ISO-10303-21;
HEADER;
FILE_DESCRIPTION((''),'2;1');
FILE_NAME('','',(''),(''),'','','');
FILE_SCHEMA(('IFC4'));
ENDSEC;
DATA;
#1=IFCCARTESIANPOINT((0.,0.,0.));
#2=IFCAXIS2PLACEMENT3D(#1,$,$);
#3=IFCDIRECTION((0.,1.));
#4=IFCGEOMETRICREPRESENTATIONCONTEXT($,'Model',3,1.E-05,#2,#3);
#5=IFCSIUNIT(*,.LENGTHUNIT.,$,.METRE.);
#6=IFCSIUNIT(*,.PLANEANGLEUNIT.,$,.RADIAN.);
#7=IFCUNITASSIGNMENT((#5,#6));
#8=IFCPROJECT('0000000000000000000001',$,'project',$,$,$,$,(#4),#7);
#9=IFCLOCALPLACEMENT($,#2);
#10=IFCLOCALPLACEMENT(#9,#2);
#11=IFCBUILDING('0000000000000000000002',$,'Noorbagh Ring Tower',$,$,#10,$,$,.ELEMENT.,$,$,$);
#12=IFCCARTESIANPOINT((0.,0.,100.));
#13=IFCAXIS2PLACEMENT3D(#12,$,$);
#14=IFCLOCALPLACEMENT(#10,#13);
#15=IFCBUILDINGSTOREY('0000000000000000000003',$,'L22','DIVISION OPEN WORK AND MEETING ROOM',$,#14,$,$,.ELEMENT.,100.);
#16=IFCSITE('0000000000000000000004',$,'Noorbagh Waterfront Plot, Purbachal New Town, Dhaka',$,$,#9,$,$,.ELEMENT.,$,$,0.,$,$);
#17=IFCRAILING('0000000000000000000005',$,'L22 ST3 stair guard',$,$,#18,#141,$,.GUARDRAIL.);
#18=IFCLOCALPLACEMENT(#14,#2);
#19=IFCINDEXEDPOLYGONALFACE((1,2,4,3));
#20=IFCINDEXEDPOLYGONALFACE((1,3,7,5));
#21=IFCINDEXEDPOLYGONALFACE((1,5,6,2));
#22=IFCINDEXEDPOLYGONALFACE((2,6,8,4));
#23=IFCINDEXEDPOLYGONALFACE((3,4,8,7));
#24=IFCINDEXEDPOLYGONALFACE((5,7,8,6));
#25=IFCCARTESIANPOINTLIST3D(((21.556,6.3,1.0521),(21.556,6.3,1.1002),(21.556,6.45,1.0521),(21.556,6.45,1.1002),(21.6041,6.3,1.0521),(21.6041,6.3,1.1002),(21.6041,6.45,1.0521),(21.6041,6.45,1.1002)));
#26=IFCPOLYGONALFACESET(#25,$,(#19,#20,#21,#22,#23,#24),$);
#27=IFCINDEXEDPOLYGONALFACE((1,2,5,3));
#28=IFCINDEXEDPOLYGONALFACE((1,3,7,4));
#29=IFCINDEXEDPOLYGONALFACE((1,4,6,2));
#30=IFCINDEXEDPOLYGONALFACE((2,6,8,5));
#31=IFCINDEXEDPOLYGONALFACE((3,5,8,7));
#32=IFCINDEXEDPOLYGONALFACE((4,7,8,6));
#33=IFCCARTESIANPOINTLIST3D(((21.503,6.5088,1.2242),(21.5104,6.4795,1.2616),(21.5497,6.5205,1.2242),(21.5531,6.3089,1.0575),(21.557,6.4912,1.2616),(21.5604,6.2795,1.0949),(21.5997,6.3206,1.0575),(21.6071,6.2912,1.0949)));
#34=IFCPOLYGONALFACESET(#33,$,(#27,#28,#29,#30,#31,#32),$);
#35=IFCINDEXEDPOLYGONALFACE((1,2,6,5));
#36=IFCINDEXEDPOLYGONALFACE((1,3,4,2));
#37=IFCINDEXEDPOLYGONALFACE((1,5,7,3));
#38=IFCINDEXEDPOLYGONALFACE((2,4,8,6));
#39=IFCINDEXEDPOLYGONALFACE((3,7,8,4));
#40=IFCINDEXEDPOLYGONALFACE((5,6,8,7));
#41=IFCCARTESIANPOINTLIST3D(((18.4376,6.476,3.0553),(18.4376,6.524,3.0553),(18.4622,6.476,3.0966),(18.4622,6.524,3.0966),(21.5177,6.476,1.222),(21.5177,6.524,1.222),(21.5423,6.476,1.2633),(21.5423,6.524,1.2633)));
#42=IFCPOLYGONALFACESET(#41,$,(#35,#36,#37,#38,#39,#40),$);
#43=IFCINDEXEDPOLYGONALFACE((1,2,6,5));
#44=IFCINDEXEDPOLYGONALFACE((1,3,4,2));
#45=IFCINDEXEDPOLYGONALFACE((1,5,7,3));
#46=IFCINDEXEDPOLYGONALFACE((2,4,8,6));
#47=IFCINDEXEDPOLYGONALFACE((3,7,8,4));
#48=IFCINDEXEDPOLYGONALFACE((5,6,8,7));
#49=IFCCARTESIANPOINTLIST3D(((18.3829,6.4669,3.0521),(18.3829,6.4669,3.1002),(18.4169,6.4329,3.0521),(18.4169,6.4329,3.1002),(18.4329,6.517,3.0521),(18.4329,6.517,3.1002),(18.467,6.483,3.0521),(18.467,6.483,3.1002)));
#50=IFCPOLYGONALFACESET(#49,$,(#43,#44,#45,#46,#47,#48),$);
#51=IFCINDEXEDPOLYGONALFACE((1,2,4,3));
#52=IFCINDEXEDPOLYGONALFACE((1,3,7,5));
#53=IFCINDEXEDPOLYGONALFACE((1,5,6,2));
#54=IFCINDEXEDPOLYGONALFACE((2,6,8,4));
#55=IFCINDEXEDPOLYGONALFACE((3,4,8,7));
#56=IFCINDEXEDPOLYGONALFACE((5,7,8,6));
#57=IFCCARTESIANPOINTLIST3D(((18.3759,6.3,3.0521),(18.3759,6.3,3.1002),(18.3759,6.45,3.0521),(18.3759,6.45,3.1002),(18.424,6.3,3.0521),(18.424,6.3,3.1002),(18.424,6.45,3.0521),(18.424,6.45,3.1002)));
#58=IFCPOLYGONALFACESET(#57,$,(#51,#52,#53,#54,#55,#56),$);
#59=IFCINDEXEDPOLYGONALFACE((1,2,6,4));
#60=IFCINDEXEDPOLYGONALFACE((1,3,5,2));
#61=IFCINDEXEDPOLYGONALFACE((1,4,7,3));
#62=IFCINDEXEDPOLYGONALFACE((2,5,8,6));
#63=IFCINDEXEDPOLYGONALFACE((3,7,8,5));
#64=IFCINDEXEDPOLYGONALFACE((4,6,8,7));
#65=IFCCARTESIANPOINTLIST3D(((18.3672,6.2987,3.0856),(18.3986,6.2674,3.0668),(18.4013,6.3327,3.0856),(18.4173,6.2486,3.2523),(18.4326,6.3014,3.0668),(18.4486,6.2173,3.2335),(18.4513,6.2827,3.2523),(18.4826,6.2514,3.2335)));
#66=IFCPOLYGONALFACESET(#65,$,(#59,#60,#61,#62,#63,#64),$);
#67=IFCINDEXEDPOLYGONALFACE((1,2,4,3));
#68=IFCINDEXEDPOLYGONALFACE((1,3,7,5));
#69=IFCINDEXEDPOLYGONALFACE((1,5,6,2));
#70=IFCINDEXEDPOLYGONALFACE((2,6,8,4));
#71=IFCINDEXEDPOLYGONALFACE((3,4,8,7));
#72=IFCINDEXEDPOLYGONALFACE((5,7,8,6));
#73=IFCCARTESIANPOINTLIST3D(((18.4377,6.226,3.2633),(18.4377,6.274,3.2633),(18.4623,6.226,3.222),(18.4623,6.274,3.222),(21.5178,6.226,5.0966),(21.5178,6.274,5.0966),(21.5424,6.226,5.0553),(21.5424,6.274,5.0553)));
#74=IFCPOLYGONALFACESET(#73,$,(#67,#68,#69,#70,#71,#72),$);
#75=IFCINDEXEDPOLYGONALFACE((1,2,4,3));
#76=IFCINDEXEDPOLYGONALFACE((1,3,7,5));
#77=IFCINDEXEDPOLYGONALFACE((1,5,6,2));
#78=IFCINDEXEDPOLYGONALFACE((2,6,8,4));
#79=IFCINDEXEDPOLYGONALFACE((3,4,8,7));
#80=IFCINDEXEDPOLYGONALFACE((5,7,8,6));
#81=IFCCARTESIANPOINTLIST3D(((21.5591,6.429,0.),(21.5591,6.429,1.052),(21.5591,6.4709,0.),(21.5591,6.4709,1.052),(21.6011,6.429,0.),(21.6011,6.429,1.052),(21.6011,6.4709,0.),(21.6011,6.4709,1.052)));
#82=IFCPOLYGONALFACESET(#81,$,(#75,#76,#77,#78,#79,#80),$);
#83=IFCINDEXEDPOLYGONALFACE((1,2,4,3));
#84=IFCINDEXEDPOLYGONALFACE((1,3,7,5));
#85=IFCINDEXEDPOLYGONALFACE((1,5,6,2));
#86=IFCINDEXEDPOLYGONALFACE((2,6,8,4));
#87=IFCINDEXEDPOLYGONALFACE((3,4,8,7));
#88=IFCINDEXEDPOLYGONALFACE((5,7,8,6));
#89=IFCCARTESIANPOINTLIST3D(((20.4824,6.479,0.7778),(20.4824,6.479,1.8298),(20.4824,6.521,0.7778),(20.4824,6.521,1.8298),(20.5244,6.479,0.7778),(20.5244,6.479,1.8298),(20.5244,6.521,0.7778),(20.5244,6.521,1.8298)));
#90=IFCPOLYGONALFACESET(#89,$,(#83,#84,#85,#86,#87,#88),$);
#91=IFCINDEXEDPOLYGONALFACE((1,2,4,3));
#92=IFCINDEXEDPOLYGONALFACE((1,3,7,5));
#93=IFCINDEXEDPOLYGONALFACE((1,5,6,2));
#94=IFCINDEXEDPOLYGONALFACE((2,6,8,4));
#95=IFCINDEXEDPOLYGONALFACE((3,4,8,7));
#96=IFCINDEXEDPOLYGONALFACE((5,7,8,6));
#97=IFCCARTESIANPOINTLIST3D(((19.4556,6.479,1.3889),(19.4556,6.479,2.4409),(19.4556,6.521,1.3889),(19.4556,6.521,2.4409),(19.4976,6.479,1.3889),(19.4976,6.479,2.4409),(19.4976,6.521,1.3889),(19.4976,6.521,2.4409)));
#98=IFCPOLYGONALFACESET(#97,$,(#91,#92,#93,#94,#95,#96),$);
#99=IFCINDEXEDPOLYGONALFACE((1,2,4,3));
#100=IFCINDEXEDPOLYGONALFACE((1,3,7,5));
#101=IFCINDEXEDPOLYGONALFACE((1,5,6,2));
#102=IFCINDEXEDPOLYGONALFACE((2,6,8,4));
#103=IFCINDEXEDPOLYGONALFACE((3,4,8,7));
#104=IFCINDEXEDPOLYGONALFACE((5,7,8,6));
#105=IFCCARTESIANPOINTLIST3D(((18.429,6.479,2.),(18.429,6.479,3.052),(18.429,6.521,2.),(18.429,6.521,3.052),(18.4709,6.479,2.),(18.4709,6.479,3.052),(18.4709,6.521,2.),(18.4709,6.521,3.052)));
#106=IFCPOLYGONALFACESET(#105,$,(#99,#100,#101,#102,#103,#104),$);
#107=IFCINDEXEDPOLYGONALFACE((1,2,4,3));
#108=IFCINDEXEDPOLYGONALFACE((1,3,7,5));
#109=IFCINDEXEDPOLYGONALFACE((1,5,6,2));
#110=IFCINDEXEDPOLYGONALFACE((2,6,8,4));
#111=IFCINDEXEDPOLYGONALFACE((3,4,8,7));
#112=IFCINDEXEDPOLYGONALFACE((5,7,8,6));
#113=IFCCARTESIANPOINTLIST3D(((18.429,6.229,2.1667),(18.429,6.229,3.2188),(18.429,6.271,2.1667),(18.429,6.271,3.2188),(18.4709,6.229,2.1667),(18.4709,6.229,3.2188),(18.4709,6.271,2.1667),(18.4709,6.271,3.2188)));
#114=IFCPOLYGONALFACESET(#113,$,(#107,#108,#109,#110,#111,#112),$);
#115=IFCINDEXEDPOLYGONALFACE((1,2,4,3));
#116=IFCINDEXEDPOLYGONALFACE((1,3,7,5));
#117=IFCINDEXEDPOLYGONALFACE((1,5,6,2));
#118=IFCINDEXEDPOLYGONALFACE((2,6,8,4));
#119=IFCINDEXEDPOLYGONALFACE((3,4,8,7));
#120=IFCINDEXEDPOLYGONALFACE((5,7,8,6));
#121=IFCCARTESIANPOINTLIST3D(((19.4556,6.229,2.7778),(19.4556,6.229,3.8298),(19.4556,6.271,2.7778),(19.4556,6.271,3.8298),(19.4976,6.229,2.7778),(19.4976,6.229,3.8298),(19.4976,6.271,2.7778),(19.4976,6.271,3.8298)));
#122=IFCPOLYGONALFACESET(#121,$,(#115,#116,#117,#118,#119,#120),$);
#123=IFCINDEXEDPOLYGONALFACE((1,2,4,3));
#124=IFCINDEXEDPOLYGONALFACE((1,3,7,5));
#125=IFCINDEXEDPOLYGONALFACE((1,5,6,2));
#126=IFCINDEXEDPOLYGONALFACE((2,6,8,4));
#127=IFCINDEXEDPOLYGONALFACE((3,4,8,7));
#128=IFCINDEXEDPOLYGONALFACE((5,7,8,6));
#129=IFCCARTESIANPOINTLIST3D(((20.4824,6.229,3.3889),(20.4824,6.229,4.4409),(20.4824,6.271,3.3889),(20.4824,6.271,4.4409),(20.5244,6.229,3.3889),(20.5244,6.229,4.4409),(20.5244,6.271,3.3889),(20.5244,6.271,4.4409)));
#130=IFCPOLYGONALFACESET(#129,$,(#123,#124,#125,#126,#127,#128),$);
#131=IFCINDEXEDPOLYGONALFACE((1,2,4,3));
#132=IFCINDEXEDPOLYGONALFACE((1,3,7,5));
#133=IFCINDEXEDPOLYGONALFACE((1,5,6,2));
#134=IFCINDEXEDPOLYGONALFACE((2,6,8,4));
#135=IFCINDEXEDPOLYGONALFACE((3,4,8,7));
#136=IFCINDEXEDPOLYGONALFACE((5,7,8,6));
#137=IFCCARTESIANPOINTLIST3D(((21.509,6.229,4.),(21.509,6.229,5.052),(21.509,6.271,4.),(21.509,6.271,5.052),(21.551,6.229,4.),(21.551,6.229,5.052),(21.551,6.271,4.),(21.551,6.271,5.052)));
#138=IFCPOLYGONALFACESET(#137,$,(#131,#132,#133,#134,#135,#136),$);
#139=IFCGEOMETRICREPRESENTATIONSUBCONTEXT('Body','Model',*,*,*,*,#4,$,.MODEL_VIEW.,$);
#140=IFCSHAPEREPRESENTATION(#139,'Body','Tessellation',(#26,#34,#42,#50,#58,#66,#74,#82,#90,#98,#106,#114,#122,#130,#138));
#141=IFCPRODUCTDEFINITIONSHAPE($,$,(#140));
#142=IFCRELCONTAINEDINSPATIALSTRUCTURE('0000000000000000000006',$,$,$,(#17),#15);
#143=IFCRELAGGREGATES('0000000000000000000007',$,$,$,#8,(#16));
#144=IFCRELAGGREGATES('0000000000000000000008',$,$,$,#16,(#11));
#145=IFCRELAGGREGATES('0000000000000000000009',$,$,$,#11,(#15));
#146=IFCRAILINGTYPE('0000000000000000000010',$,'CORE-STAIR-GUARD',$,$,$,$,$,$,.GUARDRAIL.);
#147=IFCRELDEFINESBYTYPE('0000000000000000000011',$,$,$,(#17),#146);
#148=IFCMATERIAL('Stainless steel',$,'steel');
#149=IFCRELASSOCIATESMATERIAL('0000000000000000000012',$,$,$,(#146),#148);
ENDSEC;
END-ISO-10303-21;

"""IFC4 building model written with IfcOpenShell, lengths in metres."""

from ifc_helpers import new_model, si_unit, direction, frame, origin, origin_2d, place, context, subcontext, project, spatial, rectangle, extrude, material, type_object, element, save


model = new_model("IFC4")

# Units and contexts
model_context = context("Model", 3, precision=1e-05, world=origin(), true_north=direction((0.0, 1.0)))
body_context = subcontext(model_context, "Body", "Model", "MODEL_VIEW")
ifc_project = project(units=[si_unit("LENGTHUNIT", "METRE"), si_unit("PLANEANGLEUNIT", "RADIAN")], contexts=[model_context])

# Site, building, storey
site_placement = place(None, origin())
site = spatial("IfcSite", under=ifc_project, at=site_placement, Name="Noorbagh Waterfront Plot, Purbachal New Town, Dhaka", CompositionType="ELEMENT", RefElevation=0.0)
building_placement = place(site_placement, origin())
building = spatial("IfcBuilding", under=site, at=building_placement, Name="Noorbagh Ring Tower", CompositionType="ELEMENT")
storey_placement = place(building_placement, frame((0.0, 0.0, 100.0)))
storey = spatial("IfcBuildingStorey", under=building, at=storey_placement, Name="L22", Description="DIVISION OPEN WORK AND MEETING ROOM", CompositionType="ELEMENT", Elevation=100.0)

# Railing
ifc_material_1 = material(Name="Stainless steel", Category="steel")
railing_type = type_object("IfcRailingType", Name="CORE-STAIR-GUARD", PredefinedType="GUARDRAIL", material=ifc_material_1)
railing_placement = place(storey_placement, frame((21.5801, 6.45, 0.0)))
element("IfcRailing", 1, at=railing_placement, inside=storey, type_object=railing_type, Name="L22 ST3 stair guard", PredefinedType="GUARDRAIL", context=body_context, shape_type="SweptSolid", body=[
    extrude(rectangle(XDim=0.0481, YDim=0.0481, at=origin_2d()), frame((0.0, 0.0, 1.0762), z_axis=(0.0, -1.0, 0.0), x_axis=(1.0, 0.0, 0.0)), (0.0, 0.0, 1.0), 0.1499),
    extrude(rectangle(XDim=0.0481, YDim=0.0481, at=origin_2d()), frame((0.0, -0.1499, 1.0762), z_axis=(-0.188776, 0.754182, 0.628946), x_axis=(-0.970073, -0.242814, 0.0)), (0.0, 0.0, 1.0), 0.2651),
    extrude(rectangle(XDim=0.0481, YDim=0.0481, at=origin_2d()), frame((-0.05, 0.05, 1.2427), z_axis=(-0.859309, 0.0, 0.511458), x_axis=(0.0, -1.0, 0.0)), (0.0, 0.0, 1.0), 3.5845),
    extrude(rectangle(XDim=0.0481, YDim=0.0481, at=origin_2d()), frame((-3.1301, 0.05, 3.0762), z_axis=(-0.707107, -0.707107, 0.0), x_axis=(0.707107, -0.707107, 0.0)), (0.0, 0.0, 1.0), 0.0708),
    extrude(rectangle(XDim=0.0481, YDim=0.0481, at=origin_2d()), frame((-3.1802, 0.0, 3.0762), z_axis=(0.0, -1.0, 0.0), x_axis=(1.0, 0.0, 0.0)), (0.0, 0.0, 1.0), 0.1499),
    extrude(rectangle(XDim=0.0481, YDim=0.0481, at=origin_2d()), frame((-3.1802, -0.1499, 3.0762), z_axis=(0.276287, -0.276287, 0.920506), x_axis=(0.707107, 0.707107, 0.0)), (0.0, 0.0, 1.0), 0.1812),
    extrude(rectangle(XDim=0.0481, YDim=0.0481, at=origin_2d()), frame((-3.1301, -0.2, 3.2427), z_axis=(0.859309, 0.0, 0.511458), x_axis=(0.0, 1.0, 0.0)), (0.0, 0.0, 1.0), 3.5845),
    extrude(rectangle(XDim=0.042, YDim=0.042, at=origin_2d()), origin(), (0.0, 0.0, 1.0), 1.052),
    extrude(rectangle(XDim=0.042, YDim=0.042, at=origin_2d()), frame((-1.0767, 0.05, 0.7778)), (0.0, 0.0, 1.0), 1.052),
    extrude(rectangle(XDim=0.042, YDim=0.042, at=origin_2d()), frame((-2.1035, 0.05, 1.3889)), (0.0, 0.0, 1.0), 1.052),
    extrude(rectangle(XDim=0.042, YDim=0.042, at=origin_2d()), frame((-3.1301, 0.05, 2.0)), (0.0, 0.0, 1.0), 1.052),
    extrude(rectangle(XDim=0.042, YDim=0.042, at=origin_2d()), frame((-3.1301, -0.2, 2.1667)), (0.0, 0.0, 1.0), 1.052),
    extrude(rectangle(XDim=0.042, YDim=0.042, at=origin_2d()), frame((-2.1035, -0.2, 2.7778)), (0.0, 0.0, 1.0), 1.052),
    extrude(rectangle(XDim=0.042, YDim=0.042, at=origin_2d()), frame((-1.0767, -0.2, 3.3889)), (0.0, 0.0, 1.0), 1.052),
    extrude(rectangle(XDim=0.042, YDim=0.042, at=origin_2d()), frame((-0.05, -0.2, 4.0)), (0.0, 0.0, 1.0), 1.052),
])

save(model, "model.ifc")
